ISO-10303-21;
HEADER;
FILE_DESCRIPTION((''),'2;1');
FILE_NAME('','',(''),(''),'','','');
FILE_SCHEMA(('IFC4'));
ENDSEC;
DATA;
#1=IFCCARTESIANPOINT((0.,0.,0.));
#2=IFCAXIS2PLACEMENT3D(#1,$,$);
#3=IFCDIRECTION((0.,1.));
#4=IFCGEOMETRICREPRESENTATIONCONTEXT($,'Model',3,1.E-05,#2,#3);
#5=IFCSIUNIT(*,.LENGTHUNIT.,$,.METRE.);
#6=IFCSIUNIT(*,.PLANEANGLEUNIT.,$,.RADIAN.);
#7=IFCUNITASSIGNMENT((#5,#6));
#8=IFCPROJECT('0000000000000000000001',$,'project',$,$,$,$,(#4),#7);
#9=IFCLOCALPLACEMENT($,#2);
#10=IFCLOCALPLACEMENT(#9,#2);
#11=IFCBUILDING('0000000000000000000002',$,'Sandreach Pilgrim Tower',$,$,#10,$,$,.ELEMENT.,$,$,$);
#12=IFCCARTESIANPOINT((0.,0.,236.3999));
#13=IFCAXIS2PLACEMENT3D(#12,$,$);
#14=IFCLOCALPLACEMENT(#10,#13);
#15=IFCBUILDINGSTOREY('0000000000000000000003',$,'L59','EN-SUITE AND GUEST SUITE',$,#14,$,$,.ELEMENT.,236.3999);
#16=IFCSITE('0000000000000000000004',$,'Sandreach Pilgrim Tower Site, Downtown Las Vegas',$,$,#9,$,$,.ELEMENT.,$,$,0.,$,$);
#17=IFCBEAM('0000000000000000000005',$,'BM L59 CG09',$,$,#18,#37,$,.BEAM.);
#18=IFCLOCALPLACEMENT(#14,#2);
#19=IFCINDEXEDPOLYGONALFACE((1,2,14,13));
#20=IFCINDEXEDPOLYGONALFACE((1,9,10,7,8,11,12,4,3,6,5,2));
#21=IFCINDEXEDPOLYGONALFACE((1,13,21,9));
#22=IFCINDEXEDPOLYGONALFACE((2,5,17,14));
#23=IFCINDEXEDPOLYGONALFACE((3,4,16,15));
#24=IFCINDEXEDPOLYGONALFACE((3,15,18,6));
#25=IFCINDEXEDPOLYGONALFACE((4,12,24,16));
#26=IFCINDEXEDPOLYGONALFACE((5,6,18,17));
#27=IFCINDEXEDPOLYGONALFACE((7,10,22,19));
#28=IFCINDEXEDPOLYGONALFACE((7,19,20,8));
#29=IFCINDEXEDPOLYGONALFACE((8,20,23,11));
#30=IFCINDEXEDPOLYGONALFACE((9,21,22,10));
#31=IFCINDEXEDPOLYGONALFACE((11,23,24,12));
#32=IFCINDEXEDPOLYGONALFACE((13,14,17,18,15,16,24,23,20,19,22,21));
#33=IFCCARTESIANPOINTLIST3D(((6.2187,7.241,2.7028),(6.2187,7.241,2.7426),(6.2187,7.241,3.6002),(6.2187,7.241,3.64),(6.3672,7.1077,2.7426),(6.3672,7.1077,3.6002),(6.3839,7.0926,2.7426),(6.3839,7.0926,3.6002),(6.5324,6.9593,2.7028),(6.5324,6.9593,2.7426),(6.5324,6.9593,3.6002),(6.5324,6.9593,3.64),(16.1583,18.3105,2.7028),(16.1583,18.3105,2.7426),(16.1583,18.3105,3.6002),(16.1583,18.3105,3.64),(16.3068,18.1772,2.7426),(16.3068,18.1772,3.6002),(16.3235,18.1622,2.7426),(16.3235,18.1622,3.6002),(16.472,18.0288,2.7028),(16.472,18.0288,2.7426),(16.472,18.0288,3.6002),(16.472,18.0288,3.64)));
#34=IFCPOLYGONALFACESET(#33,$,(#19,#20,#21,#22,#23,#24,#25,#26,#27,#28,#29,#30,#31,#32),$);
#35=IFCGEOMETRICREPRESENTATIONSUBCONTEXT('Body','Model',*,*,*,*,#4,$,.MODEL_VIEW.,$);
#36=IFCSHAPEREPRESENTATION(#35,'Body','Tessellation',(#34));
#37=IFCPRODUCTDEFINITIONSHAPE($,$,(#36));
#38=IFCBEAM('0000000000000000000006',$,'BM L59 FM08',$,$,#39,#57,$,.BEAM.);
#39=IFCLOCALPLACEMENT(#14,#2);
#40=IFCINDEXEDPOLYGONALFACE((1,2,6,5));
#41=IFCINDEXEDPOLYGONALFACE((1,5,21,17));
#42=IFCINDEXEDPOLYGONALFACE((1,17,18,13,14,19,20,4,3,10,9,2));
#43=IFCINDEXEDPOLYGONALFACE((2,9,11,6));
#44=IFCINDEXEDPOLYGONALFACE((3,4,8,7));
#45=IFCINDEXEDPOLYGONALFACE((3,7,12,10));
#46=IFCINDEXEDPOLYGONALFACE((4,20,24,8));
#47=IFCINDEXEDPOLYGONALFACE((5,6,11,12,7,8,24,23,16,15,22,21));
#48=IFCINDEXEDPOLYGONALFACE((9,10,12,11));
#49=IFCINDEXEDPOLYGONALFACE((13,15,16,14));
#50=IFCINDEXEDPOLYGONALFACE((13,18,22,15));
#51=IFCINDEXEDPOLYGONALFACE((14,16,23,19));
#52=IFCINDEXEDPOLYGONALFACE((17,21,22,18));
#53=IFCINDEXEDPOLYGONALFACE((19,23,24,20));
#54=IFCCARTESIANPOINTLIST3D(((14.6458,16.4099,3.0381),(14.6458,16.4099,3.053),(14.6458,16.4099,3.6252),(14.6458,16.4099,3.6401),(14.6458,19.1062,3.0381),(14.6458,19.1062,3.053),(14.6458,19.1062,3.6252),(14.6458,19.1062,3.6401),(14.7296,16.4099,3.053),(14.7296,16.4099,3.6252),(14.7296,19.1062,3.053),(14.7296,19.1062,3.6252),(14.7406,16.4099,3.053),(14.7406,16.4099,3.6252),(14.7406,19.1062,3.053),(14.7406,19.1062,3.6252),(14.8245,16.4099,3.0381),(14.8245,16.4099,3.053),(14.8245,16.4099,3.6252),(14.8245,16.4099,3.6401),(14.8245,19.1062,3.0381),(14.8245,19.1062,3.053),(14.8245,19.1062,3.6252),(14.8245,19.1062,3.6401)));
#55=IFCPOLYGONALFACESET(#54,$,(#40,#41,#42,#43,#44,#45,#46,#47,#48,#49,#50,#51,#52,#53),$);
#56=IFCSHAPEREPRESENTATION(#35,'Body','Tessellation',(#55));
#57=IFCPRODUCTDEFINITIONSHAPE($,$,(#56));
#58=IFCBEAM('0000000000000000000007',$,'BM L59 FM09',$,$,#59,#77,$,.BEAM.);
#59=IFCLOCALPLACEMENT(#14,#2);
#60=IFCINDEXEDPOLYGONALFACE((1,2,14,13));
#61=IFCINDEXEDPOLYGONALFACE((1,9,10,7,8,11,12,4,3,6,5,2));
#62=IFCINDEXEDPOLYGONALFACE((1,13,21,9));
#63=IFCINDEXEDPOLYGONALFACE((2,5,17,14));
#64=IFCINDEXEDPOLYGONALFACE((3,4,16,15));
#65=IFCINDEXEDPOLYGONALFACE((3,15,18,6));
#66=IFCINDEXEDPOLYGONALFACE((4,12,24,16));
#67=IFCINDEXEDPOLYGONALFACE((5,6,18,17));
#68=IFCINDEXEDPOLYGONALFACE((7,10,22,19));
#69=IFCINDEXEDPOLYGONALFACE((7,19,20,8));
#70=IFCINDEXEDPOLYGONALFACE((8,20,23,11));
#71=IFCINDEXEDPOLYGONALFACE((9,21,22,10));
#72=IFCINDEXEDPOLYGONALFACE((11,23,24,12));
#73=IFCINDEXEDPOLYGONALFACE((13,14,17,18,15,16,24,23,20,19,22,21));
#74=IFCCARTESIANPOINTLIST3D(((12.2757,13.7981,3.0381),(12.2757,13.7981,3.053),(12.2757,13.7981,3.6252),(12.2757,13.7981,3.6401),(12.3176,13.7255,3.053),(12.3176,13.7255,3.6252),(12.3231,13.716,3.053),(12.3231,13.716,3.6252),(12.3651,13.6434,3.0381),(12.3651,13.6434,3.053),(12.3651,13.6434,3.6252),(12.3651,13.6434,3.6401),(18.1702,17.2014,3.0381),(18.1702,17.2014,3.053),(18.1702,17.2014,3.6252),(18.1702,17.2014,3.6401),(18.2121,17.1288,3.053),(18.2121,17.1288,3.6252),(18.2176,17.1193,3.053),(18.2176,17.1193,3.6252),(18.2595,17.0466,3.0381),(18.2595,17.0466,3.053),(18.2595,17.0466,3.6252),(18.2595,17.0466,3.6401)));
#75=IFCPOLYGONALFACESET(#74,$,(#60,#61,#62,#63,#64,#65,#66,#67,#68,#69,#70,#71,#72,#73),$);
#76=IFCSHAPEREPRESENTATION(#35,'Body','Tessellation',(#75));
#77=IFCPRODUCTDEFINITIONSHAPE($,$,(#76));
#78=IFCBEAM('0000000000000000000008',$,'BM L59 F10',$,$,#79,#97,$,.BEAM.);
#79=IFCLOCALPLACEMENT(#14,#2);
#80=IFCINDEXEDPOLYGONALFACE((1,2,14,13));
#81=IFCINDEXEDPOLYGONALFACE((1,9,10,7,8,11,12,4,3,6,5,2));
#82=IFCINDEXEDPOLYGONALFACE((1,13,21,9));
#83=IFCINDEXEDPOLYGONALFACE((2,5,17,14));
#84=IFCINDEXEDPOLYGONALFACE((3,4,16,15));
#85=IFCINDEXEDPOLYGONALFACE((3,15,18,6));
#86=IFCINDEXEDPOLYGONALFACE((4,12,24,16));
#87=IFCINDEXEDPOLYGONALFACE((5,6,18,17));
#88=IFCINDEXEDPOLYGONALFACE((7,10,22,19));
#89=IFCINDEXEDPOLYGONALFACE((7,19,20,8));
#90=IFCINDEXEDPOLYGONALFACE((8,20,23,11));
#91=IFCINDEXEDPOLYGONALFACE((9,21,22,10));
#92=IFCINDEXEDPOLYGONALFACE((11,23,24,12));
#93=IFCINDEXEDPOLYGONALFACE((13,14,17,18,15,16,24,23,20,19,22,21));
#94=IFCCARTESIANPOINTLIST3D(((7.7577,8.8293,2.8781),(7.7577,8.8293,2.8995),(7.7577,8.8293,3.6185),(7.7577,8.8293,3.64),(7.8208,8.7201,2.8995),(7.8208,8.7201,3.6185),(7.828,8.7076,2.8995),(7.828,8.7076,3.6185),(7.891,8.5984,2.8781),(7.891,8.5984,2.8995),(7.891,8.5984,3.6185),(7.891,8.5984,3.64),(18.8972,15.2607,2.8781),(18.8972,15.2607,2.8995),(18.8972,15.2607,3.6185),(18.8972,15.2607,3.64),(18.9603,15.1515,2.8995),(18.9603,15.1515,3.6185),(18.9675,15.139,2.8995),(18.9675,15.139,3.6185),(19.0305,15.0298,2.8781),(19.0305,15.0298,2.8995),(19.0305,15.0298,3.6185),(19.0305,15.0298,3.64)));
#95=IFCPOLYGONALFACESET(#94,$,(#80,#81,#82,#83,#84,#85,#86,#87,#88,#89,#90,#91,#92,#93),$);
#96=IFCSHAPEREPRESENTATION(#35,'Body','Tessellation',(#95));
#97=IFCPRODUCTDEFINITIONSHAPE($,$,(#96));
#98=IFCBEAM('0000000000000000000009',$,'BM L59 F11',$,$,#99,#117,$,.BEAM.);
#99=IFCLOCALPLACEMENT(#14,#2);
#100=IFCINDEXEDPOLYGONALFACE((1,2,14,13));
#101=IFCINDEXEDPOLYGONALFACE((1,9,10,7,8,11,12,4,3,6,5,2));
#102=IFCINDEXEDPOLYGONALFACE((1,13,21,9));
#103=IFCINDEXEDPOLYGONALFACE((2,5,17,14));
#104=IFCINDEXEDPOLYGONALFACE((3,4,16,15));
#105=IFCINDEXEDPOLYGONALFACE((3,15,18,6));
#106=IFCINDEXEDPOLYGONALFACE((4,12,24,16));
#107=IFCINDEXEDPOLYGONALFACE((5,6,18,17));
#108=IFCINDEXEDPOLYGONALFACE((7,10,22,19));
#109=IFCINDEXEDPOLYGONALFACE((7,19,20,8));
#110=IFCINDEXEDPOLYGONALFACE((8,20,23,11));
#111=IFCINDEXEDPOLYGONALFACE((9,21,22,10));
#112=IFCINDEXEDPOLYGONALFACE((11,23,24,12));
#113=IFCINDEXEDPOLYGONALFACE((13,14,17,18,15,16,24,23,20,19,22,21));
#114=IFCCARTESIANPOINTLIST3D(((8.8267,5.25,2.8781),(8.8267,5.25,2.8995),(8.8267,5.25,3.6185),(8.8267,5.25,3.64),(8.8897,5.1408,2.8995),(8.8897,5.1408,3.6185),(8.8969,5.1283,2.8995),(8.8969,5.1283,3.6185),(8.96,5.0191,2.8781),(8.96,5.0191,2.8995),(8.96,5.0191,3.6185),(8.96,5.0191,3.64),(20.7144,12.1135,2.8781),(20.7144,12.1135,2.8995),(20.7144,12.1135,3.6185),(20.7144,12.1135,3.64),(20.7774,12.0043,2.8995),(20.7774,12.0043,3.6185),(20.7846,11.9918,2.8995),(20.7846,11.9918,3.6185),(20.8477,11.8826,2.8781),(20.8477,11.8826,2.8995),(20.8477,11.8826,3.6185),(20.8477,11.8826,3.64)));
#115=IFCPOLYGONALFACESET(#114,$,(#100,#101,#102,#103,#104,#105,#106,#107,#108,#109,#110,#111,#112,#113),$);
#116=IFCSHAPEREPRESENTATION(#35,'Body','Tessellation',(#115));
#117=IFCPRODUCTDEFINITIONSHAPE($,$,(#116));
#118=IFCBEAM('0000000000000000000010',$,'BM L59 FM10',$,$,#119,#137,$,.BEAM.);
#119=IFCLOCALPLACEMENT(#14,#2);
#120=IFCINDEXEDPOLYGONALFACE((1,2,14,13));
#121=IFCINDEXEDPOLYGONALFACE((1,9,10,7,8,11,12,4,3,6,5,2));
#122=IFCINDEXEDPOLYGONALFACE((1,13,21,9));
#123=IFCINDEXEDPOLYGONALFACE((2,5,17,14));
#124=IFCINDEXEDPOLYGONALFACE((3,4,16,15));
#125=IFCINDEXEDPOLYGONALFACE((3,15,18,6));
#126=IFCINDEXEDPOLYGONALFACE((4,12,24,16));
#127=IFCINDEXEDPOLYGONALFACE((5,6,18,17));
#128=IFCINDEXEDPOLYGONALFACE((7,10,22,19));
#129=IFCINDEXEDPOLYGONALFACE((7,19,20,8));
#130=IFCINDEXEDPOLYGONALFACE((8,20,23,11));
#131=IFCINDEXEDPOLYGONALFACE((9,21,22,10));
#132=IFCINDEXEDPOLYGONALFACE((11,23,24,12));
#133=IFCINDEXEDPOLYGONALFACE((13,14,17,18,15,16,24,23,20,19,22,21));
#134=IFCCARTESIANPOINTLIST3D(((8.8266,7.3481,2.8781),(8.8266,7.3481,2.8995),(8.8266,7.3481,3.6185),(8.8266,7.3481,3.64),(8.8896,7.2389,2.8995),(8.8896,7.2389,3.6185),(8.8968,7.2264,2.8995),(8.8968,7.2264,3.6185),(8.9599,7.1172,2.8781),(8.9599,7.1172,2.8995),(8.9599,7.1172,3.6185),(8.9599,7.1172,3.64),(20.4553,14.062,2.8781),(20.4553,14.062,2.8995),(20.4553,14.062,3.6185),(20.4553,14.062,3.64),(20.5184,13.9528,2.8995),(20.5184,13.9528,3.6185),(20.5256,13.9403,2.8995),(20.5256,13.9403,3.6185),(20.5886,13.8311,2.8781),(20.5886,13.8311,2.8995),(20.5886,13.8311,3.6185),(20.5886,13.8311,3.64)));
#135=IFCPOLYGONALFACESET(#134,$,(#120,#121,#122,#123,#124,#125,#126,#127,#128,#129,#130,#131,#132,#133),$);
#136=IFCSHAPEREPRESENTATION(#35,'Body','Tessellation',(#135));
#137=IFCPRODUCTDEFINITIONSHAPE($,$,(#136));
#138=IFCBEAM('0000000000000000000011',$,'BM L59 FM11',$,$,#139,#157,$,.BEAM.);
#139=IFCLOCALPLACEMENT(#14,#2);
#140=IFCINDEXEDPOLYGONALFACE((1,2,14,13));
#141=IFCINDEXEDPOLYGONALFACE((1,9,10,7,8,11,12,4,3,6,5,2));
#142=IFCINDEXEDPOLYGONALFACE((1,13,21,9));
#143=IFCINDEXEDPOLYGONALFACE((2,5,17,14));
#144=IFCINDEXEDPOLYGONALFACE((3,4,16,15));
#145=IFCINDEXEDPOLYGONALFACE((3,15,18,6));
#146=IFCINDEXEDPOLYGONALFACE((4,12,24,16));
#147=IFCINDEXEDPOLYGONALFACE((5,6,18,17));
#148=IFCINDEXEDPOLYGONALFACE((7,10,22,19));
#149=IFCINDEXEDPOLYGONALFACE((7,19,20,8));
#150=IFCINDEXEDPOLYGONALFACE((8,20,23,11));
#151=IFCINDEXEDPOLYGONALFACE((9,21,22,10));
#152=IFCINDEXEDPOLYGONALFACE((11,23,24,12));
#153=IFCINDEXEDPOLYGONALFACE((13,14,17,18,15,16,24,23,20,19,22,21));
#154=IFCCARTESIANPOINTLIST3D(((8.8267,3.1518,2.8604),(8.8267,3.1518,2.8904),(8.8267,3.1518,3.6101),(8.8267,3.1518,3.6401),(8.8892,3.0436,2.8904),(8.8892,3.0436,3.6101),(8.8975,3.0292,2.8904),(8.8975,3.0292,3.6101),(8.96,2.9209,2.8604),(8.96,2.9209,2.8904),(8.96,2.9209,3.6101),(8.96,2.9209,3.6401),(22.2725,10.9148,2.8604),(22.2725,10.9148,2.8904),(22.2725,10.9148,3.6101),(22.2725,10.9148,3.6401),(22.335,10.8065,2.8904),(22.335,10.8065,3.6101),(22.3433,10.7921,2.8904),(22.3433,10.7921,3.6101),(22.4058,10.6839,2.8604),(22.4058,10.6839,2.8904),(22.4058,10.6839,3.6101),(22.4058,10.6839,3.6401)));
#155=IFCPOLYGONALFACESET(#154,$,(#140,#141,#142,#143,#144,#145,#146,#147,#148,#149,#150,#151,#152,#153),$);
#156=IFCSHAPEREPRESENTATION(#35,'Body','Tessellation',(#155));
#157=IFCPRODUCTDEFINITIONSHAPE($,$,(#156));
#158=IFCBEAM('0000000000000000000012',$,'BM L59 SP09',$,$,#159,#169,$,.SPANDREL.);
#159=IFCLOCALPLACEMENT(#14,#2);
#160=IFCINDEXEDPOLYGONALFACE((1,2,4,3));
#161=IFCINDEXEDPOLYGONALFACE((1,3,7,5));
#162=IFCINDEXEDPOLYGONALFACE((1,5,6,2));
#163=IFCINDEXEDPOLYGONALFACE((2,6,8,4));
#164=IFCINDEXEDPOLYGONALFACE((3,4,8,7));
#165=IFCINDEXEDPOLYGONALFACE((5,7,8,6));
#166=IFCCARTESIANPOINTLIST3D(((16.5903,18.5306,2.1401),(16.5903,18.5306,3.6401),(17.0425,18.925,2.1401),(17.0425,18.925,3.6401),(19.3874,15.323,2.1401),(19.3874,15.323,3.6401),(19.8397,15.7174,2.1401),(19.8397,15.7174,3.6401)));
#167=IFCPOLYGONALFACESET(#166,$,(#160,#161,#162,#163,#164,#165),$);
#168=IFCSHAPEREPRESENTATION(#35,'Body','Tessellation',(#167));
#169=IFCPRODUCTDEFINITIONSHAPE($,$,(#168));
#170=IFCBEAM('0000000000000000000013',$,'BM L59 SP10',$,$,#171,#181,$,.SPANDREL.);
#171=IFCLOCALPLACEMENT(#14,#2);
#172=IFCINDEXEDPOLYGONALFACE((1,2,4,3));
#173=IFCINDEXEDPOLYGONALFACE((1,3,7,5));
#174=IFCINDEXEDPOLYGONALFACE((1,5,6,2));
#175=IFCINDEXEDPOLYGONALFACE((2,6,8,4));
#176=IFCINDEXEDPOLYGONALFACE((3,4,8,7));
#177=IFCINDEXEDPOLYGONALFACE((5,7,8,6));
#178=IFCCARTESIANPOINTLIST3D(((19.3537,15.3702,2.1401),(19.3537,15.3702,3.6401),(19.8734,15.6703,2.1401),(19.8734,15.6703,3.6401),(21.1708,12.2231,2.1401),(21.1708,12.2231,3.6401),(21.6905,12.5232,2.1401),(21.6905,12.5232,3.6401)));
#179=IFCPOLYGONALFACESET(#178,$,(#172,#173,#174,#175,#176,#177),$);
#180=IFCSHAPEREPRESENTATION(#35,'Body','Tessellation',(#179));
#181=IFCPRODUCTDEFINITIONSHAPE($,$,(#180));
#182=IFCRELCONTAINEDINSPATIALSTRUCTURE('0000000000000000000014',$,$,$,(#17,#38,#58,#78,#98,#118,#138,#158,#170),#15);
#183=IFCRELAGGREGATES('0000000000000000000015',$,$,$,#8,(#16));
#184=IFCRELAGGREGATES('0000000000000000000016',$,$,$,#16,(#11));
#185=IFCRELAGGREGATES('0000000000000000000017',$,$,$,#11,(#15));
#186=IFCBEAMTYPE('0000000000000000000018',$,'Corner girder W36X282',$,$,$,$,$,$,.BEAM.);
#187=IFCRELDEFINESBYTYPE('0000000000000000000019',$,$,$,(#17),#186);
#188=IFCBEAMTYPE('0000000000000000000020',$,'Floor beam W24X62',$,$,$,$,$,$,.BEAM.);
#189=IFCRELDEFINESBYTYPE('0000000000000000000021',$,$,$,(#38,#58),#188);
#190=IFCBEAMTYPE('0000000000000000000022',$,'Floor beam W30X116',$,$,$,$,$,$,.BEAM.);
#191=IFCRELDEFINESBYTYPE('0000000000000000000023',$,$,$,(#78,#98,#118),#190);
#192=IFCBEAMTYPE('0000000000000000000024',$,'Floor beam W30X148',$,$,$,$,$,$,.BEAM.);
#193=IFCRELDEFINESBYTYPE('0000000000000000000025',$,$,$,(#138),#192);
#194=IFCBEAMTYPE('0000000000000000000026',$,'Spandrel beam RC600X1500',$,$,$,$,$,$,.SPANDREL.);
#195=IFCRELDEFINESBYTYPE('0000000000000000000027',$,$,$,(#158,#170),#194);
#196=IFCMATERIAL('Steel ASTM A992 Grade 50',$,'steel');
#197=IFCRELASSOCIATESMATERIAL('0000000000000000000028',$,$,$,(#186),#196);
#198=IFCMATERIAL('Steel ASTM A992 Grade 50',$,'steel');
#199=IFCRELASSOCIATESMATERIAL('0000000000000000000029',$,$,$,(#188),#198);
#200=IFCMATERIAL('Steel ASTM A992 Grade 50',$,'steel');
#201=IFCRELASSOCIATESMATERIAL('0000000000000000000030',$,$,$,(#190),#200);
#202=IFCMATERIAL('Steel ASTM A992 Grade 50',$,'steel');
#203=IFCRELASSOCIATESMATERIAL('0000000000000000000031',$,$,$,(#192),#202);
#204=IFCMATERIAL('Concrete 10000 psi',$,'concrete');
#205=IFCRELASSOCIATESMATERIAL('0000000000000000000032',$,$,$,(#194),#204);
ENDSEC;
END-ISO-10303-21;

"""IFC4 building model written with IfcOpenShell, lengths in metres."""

from ifc_helpers import new_model, si_unit, direction, frame, origin, origin_2d, place, context, subcontext, project, spatial, rectangle, i_section, extrude, material, material_profile, profile_set, type_object, element, save


model = new_model("IFC4")

# Units and contexts
model_context = context("Model", 3, precision=1e-05, world=origin(), true_north=direction((0.0, 1.0)))
body_context = subcontext(model_context, "Body", "Model", "MODEL_VIEW")
ifc_project = project(units=[si_unit("LENGTHUNIT", "METRE"), si_unit("PLANEANGLEUNIT", "RADIAN")], contexts=[model_context])

# Site, building, storey
site_placement = place(None, origin())
site = spatial("IfcSite", under=ifc_project, at=site_placement, Name="Sandreach Pilgrim Tower Site, Downtown Las Vegas", CompositionType="ELEMENT", RefElevation=0.0)
building_placement = place(site_placement, origin())
building = spatial("IfcBuilding", under=site, at=building_placement, Name="Sandreach Pilgrim Tower", CompositionType="ELEMENT")
storey_placement = place(building_placement, frame((0.0, 0.0, 236.3999)))
storey = spatial("IfcBuildingStorey", under=building, at=storey_placement, Name="L59", Description="EN-SUITE AND GUEST SUITE", CompositionType="ELEMENT", Elevation=236.3999)

# Beams
ifc_material_1 = material(Name="Steel ASTM A992 Grade 50", Category="steel")
ifc_material_profile_1 = material_profile(ifc_material_1, i_section(OverallWidth=0.4216, OverallDepth=0.9373, WebThickness=0.0225, FlangeThickness=0.0398, at=origin_2d()), Name="W36X282")
ifc_profile_set_1 = profile_set([ifc_material_profile_1], Name="Steel ASTM A992 Grade 50")
beam_type_1 = type_object("IfcBeamType", Name="Corner girder W36X282", PredefinedType="BEAM", material=ifc_profile_set_1)
beam_1_placement = place(storey_placement, frame((16.3152, 18.1697, 3.1714), z_axis=(-0.668113, -0.74406, 0.0), x_axis=(0.74406, -0.668113, 0.0)))
element("IfcBeam", 1, at=beam_1_placement, inside=storey, type_object=beam_type_1, Name="BM L59 CG09", PredefinedType="BEAM", context=body_context, shape_type="SweptSolid", body=[
    extrude(i_section(OverallWidth=0.4216, OverallDepth=0.9373, WebThickness=0.0225, FlangeThickness=0.0398, at=origin_2d()), origin(), (0.0, 0.0, 1.0), 14.8772),
])
ifc_material_2 = material(Name="Steel ASTM A992 Grade 50", Category="steel")
ifc_material_profile_2 = material_profile(ifc_material_2, i_section(OverallWidth=0.1787, OverallDepth=0.6021, WebThickness=0.011, FlangeThickness=0.0149, at=origin_2d()), Name="W24X62")
ifc_profile_set_2 = profile_set([ifc_material_profile_2], Name="Steel ASTM A992 Grade 50")
beam_type_2 = type_object("IfcBeamType", Name="Floor beam W24X62", PredefinedType="BEAM", material=ifc_profile_set_2)
beam_2_placement = place(storey_placement, frame((14.7351, 19.1062, 3.3391), z_axis=(0.0, -1.0, 0.0), x_axis=(1.0, 0.0, 0.0)))
element("IfcBeam", 2, at=beam_2_placement, inside=storey, type_object=beam_type_2, Name="BM L59 FM08", PredefinedType="BEAM", context=body_context, shape_type="SweptSolid", body=[
    extrude(i_section(OverallWidth=0.1787, OverallDepth=0.6021, WebThickness=0.011, FlangeThickness=0.0149, at=origin_2d()), origin(), (0.0, 0.0, 1.0), 2.6963),
])
beam_3_placement = place(storey_placement, frame((18.2148, 17.124, 3.3391), z_axis=(-0.866018, -0.500012, 0.0), x_axis=(0.500012, -0.866018, 0.0)))
element("IfcBeam", 3, at=beam_3_placement, inside=storey, type_object=beam_type_2, Name="BM L59 FM09", PredefinedType="BEAM", context=body_context, shape_type="SweptSolid", body=[
    extrude(i_section(OverallWidth=0.1787, OverallDepth=0.6021, WebThickness=0.011, FlangeThickness=0.0149, at=origin_2d()), origin(), (0.0, 0.0, 1.0), 6.8064),
])
ifc_material_3 = material(Name="Steel ASTM A992 Grade 50", Category="steel")
ifc_material_profile_3 = material_profile(ifc_material_3, i_section(OverallWidth=0.2666, OverallDepth=0.762, WebThickness=0.0144, FlangeThickness=0.0215, at=origin_2d()), Name="W30X116")
ifc_profile_set_3 = profile_set([ifc_material_profile_3], Name="Steel ASTM A992 Grade 50")
beam_type_3 = type_object("IfcBeamType", Name="Floor beam W30X116", PredefinedType="BEAM", material=ifc_profile_set_3)
beam_4_placement = place(storey_placement, frame((18.9639, 15.1453, 3.259), z_axis=(-0.866023, -0.500003, 0.0), x_axis=(0.500003, -0.866023, 0.0)))
element("IfcBeam", 4, at=beam_4_placement, inside=storey, type_object=beam_type_3, Name="BM L59 F10", PredefinedType="BEAM", context=body_context, shape_type="SweptSolid", body=[
    extrude(i_section(OverallWidth=0.2666, OverallDepth=0.762, WebThickness=0.0144, FlangeThickness=0.0215, at=origin_2d()), origin(), (0.0, 0.0, 1.0), 12.8628),
])
beam_5_placement = place(storey_placement, frame((20.781, 11.998, 3.259), z_axis=(-0.86602, -0.500009, 0.0), x_axis=(0.500009, -0.86602, 0.0)))
element("IfcBeam", 5, at=beam_5_placement, inside=storey, type_object=beam_type_3, Name="BM L59 F11", PredefinedType="BEAM", context=body_context, shape_type="SweptSolid", body=[
    extrude(i_section(OverallWidth=0.2666, OverallDepth=0.762, WebThickness=0.0144, FlangeThickness=0.0215, at=origin_2d()), origin(), (0.0, 0.0, 1.0), 13.7268),
])
beam_6_placement = place(storey_placement, frame((20.522, 13.9465, 3.259), z_axis=(-0.866024, -0.500003, 0.0), x_axis=(0.500003, -0.866024, 0.0)))
element("IfcBeam", 6, at=beam_6_placement, inside=storey, type_object=beam_type_3, Name="BM L59 FM10", PredefinedType="BEAM", context=body_context, shape_type="SweptSolid", body=[
    extrude(i_section(OverallWidth=0.2666, OverallDepth=0.762, WebThickness=0.0144, FlangeThickness=0.0215, at=origin_2d()), origin(), (0.0, 0.0, 1.0), 13.4277),
])
ifc_material_4 = material(Name="Steel ASTM A992 Grade 50", Category="steel")
ifc_material_profile_4 = material_profile(ifc_material_4, i_section(OverallWidth=0.2666, OverallDepth=0.7798, WebThickness=0.0166, FlangeThickness=0.03, at=origin_2d()), Name="W30X148")
ifc_profile_set_4 = profile_set([ifc_material_profile_4], Name="Steel ASTM A992 Grade 50")
beam_type_4 = type_object("IfcBeamType", Name="Floor beam W30X148", PredefinedType="BEAM", material=ifc_profile_set_4)
beam_7_placement = place(storey_placement, frame((22.3391, 10.7993, 3.2502), z_axis=(-0.866025, -0.5, 0.0), x_axis=(0.5, -0.866025, 0.0)))
element("IfcBeam", 7, at=beam_7_placement, inside=storey, type_object=beam_type_4, Name="BM L59 FM11", PredefinedType="BEAM", context=body_context, shape_type="SweptSolid", body=[
    extrude(i_section(OverallWidth=0.2666, OverallDepth=0.7798, WebThickness=0.0166, FlangeThickness=0.03, at=origin_2d()), origin(), (0.0, 0.0, 1.0), 15.5259),
])
ifc_material_5 = material(Name="Concrete 10000 psi", Category="concrete")
ifc_material_profile_5 = material_profile(ifc_material_5, rectangle(XDim=0.6001, YDim=1.5, at=origin_2d()), Name="RC600X1500")
ifc_profile_set_5 = profile_set([ifc_material_profile_5], Name="Concrete 10000 psi")
beam_type_5 = type_object("IfcBeamType", Name="Spandrel beam RC600X1500", PredefinedType="SPANDREL", material=ifc_profile_set_5)
beam_8_placement = place(storey_placement, frame((16.8164, 18.7278, 2.8901), z_axis=(0.657245, -0.753677, 0.0), x_axis=(0.753677, 0.657245, 0.0)))
element("IfcBeam", 8, at=beam_8_placement, inside=storey, type_object=beam_type_5, Name="BM L59 SP09", PredefinedType="SPANDREL", context=body_context, shape_type="SweptSolid", body=[
    extrude(rectangle(XDim=0.6001, YDim=1.5, at=origin_2d()), origin(), (0.0, 0.0, 1.0), 4.2559),
])
beam_9_placement = place(storey_placement, frame((19.6135, 15.5203, 2.8901), z_axis=(0.500019, -0.866014, 0.0), x_axis=(0.866014, 0.500019, 0.0)))
element("IfcBeam", 9, at=beam_9_placement, inside=storey, type_object=beam_type_5, Name="BM L59 SP10", PredefinedType="SPANDREL", context=body_context, shape_type="SweptSolid", body=[
    extrude(rectangle(XDim=0.6001, YDim=1.5, at=origin_2d()), origin(), (0.0, 0.0, 1.0), 3.634),
])

save(model, "model.ifc")
